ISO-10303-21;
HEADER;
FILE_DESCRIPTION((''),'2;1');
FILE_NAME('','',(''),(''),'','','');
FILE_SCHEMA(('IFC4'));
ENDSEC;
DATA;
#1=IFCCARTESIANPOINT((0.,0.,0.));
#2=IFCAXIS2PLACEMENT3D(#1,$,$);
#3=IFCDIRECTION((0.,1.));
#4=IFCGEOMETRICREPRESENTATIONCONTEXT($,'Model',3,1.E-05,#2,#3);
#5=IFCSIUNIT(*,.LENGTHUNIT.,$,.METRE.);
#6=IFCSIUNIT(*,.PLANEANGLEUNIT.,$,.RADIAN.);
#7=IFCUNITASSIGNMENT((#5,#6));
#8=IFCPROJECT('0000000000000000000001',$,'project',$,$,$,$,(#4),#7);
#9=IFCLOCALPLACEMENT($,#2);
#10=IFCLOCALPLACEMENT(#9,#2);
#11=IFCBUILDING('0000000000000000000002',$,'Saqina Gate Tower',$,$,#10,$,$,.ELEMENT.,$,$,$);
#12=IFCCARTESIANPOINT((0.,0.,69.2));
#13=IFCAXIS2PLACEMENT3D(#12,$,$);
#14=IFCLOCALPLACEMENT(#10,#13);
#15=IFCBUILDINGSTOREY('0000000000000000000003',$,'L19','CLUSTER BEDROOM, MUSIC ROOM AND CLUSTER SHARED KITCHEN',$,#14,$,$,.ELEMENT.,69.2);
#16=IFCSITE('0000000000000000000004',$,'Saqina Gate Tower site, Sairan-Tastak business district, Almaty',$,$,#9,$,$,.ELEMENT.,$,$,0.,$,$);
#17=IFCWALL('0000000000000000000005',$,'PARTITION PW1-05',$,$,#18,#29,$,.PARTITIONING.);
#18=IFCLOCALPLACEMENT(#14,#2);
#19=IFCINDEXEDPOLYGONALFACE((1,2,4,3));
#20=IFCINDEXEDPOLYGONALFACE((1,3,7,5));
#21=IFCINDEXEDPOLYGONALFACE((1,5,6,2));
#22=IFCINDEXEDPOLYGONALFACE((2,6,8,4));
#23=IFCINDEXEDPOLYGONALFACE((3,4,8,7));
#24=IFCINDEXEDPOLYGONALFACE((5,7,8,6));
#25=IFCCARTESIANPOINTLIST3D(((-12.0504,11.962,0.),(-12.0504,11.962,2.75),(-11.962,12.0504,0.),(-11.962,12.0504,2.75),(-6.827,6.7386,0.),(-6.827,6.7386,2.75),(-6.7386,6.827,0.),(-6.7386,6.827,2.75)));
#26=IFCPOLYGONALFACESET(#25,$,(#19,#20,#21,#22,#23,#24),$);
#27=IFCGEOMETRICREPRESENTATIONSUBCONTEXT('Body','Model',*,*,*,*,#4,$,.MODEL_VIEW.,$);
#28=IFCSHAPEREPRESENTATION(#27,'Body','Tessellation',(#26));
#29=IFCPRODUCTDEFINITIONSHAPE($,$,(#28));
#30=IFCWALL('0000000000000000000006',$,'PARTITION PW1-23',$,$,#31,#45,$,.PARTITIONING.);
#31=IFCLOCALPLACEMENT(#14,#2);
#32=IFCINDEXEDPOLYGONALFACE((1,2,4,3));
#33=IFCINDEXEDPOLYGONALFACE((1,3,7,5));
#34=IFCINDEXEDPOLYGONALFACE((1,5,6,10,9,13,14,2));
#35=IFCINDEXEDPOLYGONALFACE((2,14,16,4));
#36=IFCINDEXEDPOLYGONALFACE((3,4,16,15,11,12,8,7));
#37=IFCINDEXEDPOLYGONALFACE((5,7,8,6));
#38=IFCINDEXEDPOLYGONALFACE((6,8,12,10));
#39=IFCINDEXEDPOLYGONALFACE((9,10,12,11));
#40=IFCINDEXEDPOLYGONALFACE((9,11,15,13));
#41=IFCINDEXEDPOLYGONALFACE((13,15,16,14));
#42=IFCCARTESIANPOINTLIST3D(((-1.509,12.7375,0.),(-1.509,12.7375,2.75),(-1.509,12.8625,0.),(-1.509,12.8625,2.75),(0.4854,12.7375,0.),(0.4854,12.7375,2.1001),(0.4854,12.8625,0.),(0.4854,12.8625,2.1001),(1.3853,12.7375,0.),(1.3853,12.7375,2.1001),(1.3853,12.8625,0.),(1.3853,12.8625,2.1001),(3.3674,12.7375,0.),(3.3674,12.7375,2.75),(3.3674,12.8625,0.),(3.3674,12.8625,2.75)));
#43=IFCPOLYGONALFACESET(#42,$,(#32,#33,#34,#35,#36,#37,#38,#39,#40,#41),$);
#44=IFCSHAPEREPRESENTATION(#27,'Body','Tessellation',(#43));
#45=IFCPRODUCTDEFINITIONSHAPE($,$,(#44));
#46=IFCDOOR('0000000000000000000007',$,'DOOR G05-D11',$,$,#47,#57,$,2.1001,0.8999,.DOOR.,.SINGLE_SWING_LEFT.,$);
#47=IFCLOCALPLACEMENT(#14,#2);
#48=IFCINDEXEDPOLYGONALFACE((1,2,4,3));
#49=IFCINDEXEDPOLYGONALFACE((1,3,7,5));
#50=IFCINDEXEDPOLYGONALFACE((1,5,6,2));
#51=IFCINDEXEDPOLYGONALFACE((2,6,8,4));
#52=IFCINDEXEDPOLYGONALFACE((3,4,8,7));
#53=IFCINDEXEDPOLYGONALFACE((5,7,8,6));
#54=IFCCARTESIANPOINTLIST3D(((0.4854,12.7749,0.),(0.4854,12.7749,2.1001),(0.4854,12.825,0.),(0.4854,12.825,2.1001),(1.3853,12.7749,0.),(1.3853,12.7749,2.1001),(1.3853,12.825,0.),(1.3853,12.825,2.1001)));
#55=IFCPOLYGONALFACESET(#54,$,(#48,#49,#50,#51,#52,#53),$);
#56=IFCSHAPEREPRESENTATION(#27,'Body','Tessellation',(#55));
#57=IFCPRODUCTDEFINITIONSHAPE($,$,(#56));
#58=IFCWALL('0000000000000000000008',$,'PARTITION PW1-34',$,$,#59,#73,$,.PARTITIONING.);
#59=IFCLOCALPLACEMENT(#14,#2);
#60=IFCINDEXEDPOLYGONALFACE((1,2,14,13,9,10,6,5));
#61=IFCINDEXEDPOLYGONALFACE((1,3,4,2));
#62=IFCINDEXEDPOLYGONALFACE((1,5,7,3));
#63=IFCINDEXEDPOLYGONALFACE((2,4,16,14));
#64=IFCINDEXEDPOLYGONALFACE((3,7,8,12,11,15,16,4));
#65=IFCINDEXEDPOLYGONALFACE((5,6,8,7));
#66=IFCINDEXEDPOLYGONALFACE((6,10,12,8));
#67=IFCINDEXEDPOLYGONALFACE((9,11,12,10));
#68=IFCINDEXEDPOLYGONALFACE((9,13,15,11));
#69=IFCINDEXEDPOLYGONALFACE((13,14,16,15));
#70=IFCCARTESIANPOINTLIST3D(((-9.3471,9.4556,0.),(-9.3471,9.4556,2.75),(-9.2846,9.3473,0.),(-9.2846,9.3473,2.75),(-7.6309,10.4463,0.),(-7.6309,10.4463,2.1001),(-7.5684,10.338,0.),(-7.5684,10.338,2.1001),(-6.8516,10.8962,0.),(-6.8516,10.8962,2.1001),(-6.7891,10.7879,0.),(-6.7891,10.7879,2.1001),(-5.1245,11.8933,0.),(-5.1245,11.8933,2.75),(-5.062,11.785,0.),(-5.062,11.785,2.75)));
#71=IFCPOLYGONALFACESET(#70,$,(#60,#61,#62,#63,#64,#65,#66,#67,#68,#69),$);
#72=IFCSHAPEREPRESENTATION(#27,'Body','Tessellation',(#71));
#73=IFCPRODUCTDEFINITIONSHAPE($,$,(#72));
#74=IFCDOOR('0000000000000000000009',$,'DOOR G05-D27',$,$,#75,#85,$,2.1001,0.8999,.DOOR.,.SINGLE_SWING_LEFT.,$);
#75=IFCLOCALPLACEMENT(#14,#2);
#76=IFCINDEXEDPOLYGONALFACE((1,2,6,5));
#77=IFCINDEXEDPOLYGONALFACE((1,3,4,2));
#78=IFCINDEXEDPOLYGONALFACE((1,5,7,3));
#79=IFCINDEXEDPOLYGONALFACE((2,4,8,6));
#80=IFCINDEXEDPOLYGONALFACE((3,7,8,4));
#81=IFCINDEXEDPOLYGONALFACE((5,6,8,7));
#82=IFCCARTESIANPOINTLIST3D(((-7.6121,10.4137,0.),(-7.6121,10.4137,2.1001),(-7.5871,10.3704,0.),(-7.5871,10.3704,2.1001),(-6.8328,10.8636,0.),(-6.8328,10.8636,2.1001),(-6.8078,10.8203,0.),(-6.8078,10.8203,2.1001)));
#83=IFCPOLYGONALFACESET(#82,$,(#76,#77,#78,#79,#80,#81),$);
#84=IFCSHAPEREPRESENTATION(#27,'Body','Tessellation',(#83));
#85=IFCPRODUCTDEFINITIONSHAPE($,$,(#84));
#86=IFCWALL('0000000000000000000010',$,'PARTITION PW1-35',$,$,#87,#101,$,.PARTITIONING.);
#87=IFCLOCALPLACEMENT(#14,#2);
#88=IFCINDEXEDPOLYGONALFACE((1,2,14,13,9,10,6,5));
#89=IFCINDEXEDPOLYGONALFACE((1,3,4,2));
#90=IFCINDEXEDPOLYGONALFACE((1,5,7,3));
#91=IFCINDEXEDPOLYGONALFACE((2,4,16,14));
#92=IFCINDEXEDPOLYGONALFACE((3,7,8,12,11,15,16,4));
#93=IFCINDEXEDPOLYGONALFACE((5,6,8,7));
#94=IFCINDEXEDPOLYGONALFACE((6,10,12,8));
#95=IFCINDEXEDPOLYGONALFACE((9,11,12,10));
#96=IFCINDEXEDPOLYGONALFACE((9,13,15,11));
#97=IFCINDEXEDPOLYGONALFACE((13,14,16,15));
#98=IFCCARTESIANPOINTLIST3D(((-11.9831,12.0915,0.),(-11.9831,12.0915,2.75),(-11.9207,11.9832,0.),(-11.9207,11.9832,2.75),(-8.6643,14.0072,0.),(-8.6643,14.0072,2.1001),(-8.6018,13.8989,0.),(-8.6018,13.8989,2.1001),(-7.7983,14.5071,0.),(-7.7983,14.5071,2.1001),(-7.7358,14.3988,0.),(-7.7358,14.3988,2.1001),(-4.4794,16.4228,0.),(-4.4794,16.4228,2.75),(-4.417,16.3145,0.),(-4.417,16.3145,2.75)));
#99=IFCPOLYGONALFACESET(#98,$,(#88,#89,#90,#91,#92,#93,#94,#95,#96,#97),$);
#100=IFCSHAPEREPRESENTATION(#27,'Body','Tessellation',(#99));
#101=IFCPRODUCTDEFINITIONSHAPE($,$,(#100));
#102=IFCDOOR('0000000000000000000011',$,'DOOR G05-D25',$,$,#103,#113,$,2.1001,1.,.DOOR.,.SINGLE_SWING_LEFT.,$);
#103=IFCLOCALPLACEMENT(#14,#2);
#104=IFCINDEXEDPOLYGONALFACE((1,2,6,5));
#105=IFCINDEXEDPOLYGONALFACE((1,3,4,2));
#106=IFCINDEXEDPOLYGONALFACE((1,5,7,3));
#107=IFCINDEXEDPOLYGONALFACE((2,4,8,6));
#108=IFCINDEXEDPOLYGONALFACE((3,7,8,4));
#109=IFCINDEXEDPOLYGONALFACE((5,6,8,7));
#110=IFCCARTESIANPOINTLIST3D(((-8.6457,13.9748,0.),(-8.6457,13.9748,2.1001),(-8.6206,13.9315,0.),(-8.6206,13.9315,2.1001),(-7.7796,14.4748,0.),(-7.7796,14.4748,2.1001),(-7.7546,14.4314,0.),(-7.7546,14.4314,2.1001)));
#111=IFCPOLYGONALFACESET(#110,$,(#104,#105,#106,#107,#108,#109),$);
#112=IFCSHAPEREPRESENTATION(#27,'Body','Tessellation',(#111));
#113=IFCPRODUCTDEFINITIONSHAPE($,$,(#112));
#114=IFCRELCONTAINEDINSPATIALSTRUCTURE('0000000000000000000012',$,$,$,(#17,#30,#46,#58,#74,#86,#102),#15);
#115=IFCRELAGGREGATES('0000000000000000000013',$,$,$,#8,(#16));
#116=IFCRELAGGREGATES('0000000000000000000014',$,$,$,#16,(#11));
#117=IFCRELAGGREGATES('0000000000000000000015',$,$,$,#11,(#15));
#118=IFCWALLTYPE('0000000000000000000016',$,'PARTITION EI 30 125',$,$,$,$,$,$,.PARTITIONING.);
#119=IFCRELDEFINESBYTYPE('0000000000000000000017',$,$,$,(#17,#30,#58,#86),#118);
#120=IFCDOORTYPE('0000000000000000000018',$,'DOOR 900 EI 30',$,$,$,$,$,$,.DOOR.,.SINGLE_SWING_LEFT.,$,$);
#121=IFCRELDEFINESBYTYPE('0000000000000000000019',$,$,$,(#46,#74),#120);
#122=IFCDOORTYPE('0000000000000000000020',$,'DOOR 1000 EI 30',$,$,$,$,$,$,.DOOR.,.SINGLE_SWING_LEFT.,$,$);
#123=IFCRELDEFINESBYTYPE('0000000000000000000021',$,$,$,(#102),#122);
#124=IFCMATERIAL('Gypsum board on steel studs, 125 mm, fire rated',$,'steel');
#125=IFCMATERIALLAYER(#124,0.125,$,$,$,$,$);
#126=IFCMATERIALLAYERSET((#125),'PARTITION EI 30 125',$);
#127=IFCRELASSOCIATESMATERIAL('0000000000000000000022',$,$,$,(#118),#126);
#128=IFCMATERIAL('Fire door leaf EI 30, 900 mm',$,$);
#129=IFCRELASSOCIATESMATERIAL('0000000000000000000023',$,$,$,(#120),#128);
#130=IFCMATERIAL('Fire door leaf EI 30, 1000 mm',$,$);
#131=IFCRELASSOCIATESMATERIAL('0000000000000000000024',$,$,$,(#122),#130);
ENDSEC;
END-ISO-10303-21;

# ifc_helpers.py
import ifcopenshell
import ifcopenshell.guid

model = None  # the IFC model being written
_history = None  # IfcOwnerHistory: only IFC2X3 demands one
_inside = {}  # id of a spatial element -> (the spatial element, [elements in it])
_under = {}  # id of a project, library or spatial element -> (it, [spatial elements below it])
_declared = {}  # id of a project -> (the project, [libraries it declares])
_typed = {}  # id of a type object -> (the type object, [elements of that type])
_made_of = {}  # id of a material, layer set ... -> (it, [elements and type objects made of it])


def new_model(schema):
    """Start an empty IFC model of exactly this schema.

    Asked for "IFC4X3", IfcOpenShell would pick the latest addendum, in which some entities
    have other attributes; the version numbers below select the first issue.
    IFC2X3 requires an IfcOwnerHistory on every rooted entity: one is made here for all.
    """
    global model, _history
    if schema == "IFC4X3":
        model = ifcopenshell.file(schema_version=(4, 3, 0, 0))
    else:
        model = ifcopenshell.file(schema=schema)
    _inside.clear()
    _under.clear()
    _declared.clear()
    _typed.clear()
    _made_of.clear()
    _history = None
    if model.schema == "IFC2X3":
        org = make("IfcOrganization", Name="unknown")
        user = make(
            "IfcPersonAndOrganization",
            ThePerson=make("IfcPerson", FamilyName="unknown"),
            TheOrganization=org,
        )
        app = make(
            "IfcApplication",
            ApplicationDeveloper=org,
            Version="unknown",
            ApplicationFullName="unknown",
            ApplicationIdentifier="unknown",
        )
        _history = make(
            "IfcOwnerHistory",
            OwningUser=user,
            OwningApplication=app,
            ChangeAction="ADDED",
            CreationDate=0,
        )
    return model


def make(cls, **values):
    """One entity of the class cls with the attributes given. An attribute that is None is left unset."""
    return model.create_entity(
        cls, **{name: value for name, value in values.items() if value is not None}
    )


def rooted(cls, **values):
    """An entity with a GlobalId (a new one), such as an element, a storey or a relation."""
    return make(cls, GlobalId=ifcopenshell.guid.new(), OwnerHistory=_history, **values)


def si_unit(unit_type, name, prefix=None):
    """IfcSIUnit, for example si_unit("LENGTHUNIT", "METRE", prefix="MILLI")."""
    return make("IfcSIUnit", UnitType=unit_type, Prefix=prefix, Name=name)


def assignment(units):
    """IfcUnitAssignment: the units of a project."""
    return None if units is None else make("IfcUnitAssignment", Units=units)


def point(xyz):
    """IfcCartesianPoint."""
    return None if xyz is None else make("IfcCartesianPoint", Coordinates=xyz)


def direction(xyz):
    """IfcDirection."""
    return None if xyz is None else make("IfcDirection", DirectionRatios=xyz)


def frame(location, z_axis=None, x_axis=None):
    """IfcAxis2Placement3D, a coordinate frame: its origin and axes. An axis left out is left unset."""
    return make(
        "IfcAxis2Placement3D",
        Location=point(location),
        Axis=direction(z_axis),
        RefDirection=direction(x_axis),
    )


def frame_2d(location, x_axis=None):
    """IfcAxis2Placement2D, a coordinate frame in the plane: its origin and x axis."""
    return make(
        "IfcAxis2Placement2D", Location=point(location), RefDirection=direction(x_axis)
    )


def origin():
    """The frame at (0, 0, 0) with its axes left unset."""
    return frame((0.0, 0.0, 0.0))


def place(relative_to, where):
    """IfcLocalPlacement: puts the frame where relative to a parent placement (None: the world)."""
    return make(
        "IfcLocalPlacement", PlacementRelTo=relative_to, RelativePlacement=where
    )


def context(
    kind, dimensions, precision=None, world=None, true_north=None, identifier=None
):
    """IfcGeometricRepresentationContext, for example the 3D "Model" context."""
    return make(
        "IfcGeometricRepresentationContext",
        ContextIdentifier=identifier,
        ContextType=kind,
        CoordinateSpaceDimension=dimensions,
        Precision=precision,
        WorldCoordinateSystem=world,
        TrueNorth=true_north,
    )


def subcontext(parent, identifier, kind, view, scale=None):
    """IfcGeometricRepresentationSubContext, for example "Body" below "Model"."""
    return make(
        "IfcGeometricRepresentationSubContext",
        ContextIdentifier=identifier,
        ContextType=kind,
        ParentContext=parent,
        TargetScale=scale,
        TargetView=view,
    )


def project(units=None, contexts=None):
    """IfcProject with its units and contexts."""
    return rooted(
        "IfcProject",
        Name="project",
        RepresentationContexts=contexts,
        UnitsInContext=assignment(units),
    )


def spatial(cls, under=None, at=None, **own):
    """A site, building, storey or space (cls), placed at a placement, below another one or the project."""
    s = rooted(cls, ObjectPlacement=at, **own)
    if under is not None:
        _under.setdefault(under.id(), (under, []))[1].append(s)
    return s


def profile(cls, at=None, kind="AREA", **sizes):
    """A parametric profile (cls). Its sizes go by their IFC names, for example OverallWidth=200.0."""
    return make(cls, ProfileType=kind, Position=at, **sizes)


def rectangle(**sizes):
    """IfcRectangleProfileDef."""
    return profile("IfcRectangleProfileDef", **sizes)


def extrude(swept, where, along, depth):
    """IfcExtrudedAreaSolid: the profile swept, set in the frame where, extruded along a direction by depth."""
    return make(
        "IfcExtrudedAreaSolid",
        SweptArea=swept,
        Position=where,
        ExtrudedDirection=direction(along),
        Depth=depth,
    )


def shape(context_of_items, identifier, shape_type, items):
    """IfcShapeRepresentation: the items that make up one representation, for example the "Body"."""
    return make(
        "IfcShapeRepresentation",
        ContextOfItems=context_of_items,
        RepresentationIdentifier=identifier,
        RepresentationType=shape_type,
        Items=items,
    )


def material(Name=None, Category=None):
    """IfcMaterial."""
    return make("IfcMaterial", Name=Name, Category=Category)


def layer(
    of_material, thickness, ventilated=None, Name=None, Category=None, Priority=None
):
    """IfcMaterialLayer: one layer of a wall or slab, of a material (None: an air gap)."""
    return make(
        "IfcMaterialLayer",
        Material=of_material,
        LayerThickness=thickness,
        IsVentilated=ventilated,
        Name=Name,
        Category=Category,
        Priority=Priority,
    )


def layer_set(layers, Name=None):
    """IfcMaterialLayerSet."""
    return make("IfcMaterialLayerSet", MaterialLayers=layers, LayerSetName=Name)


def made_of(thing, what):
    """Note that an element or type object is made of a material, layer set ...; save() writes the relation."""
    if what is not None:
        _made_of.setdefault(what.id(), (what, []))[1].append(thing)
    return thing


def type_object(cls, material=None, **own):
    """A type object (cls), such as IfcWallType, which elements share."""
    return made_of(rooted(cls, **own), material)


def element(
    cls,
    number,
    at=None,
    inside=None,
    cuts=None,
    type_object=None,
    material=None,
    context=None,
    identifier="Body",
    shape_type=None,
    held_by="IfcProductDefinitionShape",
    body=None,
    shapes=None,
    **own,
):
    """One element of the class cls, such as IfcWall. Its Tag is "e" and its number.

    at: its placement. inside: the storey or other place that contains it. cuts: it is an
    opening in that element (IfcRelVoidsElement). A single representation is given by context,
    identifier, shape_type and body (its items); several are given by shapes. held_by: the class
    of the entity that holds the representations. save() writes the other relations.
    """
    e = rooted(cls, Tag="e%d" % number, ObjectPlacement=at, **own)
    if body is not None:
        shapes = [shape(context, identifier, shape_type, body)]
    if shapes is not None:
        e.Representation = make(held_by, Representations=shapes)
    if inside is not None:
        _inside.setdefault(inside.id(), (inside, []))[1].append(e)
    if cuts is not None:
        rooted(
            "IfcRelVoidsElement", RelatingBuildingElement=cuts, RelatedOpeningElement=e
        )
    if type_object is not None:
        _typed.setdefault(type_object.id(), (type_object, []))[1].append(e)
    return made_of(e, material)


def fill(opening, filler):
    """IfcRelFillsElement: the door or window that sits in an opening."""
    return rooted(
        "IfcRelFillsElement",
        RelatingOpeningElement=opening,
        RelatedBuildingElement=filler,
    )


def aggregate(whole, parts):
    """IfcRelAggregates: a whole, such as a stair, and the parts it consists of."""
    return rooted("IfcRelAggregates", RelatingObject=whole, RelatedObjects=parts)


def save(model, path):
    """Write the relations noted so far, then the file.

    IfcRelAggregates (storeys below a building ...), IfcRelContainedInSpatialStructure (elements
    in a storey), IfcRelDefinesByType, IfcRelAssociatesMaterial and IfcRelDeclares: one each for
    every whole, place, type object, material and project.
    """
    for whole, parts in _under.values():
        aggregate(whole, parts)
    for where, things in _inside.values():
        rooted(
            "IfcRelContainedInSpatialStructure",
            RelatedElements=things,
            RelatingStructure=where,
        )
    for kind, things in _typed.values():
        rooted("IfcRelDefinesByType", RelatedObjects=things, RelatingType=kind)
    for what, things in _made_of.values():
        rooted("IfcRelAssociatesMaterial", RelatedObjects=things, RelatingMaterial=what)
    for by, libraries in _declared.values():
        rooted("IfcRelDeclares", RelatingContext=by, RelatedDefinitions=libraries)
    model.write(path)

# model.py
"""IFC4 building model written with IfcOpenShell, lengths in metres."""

from ifc_helpers import new_model, si_unit, direction, frame, frame_2d, origin, place, context, subcontext, project, spatial, rectangle, extrude, material, layer, layer_set, type_object, element, fill, save


model = new_model("IFC4")

# Units and contexts
model_context = context("Model", 3, precision=1e-05, world=origin(), true_north=direction((0.0, 1.0)))
body_context = subcontext(model_context, "Body", "Model", "MODEL_VIEW")
ifc_project = project(units=[si_unit("LENGTHUNIT", "METRE"), si_unit("PLANEANGLEUNIT", "RADIAN")], contexts=[model_context])

# Site, building, storey
site_placement = place(None, origin())
site = spatial("IfcSite", under=ifc_project, at=site_placement, Name="Saqina Gate Tower site, Sairan-Tastak business district, Almaty", CompositionType="ELEMENT", RefElevation=0.0)
building_placement = place(site_placement, origin())
building = spatial("IfcBuilding", under=site, at=building_placement, Name="Saqina Gate Tower", CompositionType="ELEMENT")
storey_placement = place(building_placement, frame((0.0, 0.0, 69.2)))
storey = spatial("IfcBuildingStorey", under=building, at=storey_placement, Name="L19", Description="CLUSTER BEDROOM, MUSIC ROOM AND CLUSTER SHARED KITCHEN", CompositionType="ELEMENT", Elevation=69.2)

# Wall
ifc_material_1 = material(Name="Gypsum board on steel studs, 125 mm, fire rated", Category="steel")
ifc_layer_1 = layer(ifc_material_1, 0.125)
ifc_layer_set_1 = layer_set([ifc_layer_1], Name="PARTITION EI 30 125")
wall_type_1 = type_object("IfcWallType", Name="PARTITION EI 30 125", PredefinedType="PARTITIONING", material=ifc_layer_set_1)
wall_1_placement = place(storey_placement, frame((-12.0061, 12.0061, 0.0), z_axis=(0.0, 0.0, 1.0), x_axis=(0.707107, -0.707107, 0.0)))
element("IfcWall", 1, at=wall_1_placement, inside=storey, type_object=wall_type_1, Name="PARTITION PW1-05", PredefinedType="PARTITIONING", context=body_context, shape_type="SweptSolid", body=[
    extrude(rectangle(XDim=7.387, YDim=0.125, at=frame_2d((3.6934, 0.0))), origin(), (0.0, 0.0, 1.0), 2.75),
])

# Walls, openings, doors
wall_2_placement = place(storey_placement, frame((-1.509, 12.8, 0.0), z_axis=(0.0, 0.0, 1.0), x_axis=(1.0, 0.0, 0.0)))
wall_2 = element("IfcWall", 2, at=wall_2_placement, inside=storey, type_object=wall_type_1, Name="PARTITION PW1-23", PredefinedType="PARTITIONING", context=body_context, shape_type="SweptSolid", body=[
    extrude(rectangle(XDim=4.8765, YDim=0.125, at=frame_2d((2.4382, 0.0))), origin(), (0.0, 0.0, 1.0), 2.75),
])
opening_1_placement = place(wall_2_placement, frame((1.9944, 0.0, 0.0)))
opening_1 = element("IfcOpeningElement", 3, at=opening_1_placement, cuts=wall_2, PredefinedType="OPENING", context=body_context, shape_type="SweptSolid", body=[
    extrude(rectangle(XDim=0.8999, YDim=2.1001, at=frame_2d((0.45, 1.05))), frame((0.0, 0.0745, 0.0), z_axis=(0.0, -1.0, 0.0), x_axis=(1.0, 0.0, 0.0)), (0.0, 0.0, 1.0), 0.1489),
])
ifc_material_2 = material(Name="Fire door leaf EI 30, 900 mm")
door_type_1 = type_object("IfcDoorType", Name="DOOR 900 EI 30", OperationType="SINGLE_SWING_LEFT", PredefinedType="DOOR", material=ifc_material_2)
door_1_placement = place(opening_1_placement, origin())
door_1 = element("IfcDoor", 4, at=door_1_placement, inside=storey, type_object=door_type_1, Name="DOOR G05-D11", OperationType="SINGLE_SWING_LEFT", OverallHeight=2.1001, OverallWidth=0.8999, PredefinedType="DOOR", context=body_context, shape_type="SweptSolid", body=[
    extrude(rectangle(XDim=0.8999, YDim=2.1001, at=frame_2d((0.45, 1.05))), frame((0.0, 0.0249, 0.0), z_axis=(0.0, -1.0, 0.0), x_axis=(1.0, 0.0, 0.0)), (0.0, 0.0, 1.0), 0.05),
])
fill(opening_1, door_1)
wall_3_placement = place(storey_placement, frame((-9.3159, 9.4014, 0.0), z_axis=(0.0, 0.0, 1.0), x_axis=(0.866044, 0.499968, 0.0)))
wall_3 = element("IfcWall", 5, at=wall_3_placement, inside=storey, type_object=wall_type_1, Name="PARTITION PW1-34", PredefinedType="PARTITIONING", context=body_context, shape_type="SweptSolid", body=[
    extrude(rectangle(XDim=4.8757, YDim=0.125, at=frame_2d((2.438, 0.0))), origin(), (0.0, 0.0, 1.0), 2.75),
])
opening_2_placement = place(wall_3_placement, frame((1.9817, 0.0, 0.0)))
opening_2 = element("IfcOpeningElement", 6, at=opening_2_placement, cuts=wall_3, PredefinedType="OPENING", context=body_context, shape_type="SweptSolid", body=[
    extrude(rectangle(XDim=0.8999, YDim=2.1001, at=frame_2d((0.45, 1.05))), frame((0.0, 0.0745, 0.0), z_axis=(0.0, -1.0, 0.0), x_axis=(1.0, 0.0, 0.0)), (0.0, 0.0, 1.0), 0.1489),
])
door_2_placement = place(opening_2_placement, origin())
door_2 = element("IfcDoor", 7, at=door_2_placement, inside=storey, type_object=door_type_1, Name="DOOR G05-D27", OperationType="SINGLE_SWING_LEFT", OverallHeight=2.1001, OverallWidth=0.8999, PredefinedType="DOOR", context=body_context, shape_type="SweptSolid", body=[
    extrude(rectangle(XDim=0.8999, YDim=2.1001, at=frame_2d((0.45, 1.05))), frame((0.0, 0.0249, 0.0), z_axis=(0.0, -1.0, 0.0), x_axis=(1.0, 0.0, 0.0)), (0.0, 0.0, 1.0), 0.05),
])
fill(opening_2, door_2)
wall_4_placement = place(storey_placement, frame((-11.9519, 12.0374, 0.0), z_axis=(0.0, 0.0, 1.0), x_axis=(0.866073, 0.499918, 0.0)))
wall_4 = element("IfcWall", 8, at=wall_4_placement, inside=storey, type_object=wall_type_1, Name="PARTITION PW1-35", PredefinedType="PARTITIONING", context=body_context, shape_type="SweptSolid", body=[
    extrude(rectangle(XDim=8.6641, YDim=0.125, at=frame_2d((4.332, 0.0))), origin(), (0.0, 0.0, 1.0), 2.75),
])
opening_3_placement = place(wall_4_placement, frame((3.832, 0.0, 0.0)))
opening_3 = element("IfcOpeningElement", 9, at=opening_3_placement, cuts=wall_4, PredefinedType="OPENING", context=body_context, shape_type="SweptSolid", body=[
    extrude(rectangle(XDim=1.0, YDim=2.1001, at=frame_2d((0.5, 1.05))), frame((0.0, 0.0745, 0.0), z_axis=(0.0, -1.0, 0.0), x_axis=(1.0, 0.0, 0.0)), (0.0, 0.0, 1.0), 0.1489),
])
ifc_material_3 = material(Name="Fire door leaf EI 30, 1000 mm")
door_type_2 = type_object("IfcDoorType", Name="DOOR 1000 EI 30", OperationType="SINGLE_SWING_LEFT", PredefinedType="DOOR", material=ifc_material_3)
door_3_placement = place(opening_3_placement, frame((1.0, 0.0, 0.0), z_axis=(0.0, 0.0, 1.0), x_axis=(-1.0, 0.0, 0.0)))
door_3 = element("IfcDoor", 10, at=door_3_placement, inside=storey, type_object=door_type_2, Name="DOOR G05-D25", OperationType="SINGLE_SWING_LEFT", OverallHeight=2.1001, OverallWidth=1.0, PredefinedType="DOOR", context=body_context, shape_type="SweptSolid", body=[
    extrude(rectangle(XDim=1.0, YDim=2.1001, at=frame_2d((0.5, 1.05))), frame((0.0, 0.0249, 0.0), z_axis=(0.0, -1.0, 0.0), x_axis=(1.0, 0.0, 0.0)), (0.0, 0.0, 1.0), 0.05),
])
fill(opening_3, door_3)

save(model, "model.ifc")
